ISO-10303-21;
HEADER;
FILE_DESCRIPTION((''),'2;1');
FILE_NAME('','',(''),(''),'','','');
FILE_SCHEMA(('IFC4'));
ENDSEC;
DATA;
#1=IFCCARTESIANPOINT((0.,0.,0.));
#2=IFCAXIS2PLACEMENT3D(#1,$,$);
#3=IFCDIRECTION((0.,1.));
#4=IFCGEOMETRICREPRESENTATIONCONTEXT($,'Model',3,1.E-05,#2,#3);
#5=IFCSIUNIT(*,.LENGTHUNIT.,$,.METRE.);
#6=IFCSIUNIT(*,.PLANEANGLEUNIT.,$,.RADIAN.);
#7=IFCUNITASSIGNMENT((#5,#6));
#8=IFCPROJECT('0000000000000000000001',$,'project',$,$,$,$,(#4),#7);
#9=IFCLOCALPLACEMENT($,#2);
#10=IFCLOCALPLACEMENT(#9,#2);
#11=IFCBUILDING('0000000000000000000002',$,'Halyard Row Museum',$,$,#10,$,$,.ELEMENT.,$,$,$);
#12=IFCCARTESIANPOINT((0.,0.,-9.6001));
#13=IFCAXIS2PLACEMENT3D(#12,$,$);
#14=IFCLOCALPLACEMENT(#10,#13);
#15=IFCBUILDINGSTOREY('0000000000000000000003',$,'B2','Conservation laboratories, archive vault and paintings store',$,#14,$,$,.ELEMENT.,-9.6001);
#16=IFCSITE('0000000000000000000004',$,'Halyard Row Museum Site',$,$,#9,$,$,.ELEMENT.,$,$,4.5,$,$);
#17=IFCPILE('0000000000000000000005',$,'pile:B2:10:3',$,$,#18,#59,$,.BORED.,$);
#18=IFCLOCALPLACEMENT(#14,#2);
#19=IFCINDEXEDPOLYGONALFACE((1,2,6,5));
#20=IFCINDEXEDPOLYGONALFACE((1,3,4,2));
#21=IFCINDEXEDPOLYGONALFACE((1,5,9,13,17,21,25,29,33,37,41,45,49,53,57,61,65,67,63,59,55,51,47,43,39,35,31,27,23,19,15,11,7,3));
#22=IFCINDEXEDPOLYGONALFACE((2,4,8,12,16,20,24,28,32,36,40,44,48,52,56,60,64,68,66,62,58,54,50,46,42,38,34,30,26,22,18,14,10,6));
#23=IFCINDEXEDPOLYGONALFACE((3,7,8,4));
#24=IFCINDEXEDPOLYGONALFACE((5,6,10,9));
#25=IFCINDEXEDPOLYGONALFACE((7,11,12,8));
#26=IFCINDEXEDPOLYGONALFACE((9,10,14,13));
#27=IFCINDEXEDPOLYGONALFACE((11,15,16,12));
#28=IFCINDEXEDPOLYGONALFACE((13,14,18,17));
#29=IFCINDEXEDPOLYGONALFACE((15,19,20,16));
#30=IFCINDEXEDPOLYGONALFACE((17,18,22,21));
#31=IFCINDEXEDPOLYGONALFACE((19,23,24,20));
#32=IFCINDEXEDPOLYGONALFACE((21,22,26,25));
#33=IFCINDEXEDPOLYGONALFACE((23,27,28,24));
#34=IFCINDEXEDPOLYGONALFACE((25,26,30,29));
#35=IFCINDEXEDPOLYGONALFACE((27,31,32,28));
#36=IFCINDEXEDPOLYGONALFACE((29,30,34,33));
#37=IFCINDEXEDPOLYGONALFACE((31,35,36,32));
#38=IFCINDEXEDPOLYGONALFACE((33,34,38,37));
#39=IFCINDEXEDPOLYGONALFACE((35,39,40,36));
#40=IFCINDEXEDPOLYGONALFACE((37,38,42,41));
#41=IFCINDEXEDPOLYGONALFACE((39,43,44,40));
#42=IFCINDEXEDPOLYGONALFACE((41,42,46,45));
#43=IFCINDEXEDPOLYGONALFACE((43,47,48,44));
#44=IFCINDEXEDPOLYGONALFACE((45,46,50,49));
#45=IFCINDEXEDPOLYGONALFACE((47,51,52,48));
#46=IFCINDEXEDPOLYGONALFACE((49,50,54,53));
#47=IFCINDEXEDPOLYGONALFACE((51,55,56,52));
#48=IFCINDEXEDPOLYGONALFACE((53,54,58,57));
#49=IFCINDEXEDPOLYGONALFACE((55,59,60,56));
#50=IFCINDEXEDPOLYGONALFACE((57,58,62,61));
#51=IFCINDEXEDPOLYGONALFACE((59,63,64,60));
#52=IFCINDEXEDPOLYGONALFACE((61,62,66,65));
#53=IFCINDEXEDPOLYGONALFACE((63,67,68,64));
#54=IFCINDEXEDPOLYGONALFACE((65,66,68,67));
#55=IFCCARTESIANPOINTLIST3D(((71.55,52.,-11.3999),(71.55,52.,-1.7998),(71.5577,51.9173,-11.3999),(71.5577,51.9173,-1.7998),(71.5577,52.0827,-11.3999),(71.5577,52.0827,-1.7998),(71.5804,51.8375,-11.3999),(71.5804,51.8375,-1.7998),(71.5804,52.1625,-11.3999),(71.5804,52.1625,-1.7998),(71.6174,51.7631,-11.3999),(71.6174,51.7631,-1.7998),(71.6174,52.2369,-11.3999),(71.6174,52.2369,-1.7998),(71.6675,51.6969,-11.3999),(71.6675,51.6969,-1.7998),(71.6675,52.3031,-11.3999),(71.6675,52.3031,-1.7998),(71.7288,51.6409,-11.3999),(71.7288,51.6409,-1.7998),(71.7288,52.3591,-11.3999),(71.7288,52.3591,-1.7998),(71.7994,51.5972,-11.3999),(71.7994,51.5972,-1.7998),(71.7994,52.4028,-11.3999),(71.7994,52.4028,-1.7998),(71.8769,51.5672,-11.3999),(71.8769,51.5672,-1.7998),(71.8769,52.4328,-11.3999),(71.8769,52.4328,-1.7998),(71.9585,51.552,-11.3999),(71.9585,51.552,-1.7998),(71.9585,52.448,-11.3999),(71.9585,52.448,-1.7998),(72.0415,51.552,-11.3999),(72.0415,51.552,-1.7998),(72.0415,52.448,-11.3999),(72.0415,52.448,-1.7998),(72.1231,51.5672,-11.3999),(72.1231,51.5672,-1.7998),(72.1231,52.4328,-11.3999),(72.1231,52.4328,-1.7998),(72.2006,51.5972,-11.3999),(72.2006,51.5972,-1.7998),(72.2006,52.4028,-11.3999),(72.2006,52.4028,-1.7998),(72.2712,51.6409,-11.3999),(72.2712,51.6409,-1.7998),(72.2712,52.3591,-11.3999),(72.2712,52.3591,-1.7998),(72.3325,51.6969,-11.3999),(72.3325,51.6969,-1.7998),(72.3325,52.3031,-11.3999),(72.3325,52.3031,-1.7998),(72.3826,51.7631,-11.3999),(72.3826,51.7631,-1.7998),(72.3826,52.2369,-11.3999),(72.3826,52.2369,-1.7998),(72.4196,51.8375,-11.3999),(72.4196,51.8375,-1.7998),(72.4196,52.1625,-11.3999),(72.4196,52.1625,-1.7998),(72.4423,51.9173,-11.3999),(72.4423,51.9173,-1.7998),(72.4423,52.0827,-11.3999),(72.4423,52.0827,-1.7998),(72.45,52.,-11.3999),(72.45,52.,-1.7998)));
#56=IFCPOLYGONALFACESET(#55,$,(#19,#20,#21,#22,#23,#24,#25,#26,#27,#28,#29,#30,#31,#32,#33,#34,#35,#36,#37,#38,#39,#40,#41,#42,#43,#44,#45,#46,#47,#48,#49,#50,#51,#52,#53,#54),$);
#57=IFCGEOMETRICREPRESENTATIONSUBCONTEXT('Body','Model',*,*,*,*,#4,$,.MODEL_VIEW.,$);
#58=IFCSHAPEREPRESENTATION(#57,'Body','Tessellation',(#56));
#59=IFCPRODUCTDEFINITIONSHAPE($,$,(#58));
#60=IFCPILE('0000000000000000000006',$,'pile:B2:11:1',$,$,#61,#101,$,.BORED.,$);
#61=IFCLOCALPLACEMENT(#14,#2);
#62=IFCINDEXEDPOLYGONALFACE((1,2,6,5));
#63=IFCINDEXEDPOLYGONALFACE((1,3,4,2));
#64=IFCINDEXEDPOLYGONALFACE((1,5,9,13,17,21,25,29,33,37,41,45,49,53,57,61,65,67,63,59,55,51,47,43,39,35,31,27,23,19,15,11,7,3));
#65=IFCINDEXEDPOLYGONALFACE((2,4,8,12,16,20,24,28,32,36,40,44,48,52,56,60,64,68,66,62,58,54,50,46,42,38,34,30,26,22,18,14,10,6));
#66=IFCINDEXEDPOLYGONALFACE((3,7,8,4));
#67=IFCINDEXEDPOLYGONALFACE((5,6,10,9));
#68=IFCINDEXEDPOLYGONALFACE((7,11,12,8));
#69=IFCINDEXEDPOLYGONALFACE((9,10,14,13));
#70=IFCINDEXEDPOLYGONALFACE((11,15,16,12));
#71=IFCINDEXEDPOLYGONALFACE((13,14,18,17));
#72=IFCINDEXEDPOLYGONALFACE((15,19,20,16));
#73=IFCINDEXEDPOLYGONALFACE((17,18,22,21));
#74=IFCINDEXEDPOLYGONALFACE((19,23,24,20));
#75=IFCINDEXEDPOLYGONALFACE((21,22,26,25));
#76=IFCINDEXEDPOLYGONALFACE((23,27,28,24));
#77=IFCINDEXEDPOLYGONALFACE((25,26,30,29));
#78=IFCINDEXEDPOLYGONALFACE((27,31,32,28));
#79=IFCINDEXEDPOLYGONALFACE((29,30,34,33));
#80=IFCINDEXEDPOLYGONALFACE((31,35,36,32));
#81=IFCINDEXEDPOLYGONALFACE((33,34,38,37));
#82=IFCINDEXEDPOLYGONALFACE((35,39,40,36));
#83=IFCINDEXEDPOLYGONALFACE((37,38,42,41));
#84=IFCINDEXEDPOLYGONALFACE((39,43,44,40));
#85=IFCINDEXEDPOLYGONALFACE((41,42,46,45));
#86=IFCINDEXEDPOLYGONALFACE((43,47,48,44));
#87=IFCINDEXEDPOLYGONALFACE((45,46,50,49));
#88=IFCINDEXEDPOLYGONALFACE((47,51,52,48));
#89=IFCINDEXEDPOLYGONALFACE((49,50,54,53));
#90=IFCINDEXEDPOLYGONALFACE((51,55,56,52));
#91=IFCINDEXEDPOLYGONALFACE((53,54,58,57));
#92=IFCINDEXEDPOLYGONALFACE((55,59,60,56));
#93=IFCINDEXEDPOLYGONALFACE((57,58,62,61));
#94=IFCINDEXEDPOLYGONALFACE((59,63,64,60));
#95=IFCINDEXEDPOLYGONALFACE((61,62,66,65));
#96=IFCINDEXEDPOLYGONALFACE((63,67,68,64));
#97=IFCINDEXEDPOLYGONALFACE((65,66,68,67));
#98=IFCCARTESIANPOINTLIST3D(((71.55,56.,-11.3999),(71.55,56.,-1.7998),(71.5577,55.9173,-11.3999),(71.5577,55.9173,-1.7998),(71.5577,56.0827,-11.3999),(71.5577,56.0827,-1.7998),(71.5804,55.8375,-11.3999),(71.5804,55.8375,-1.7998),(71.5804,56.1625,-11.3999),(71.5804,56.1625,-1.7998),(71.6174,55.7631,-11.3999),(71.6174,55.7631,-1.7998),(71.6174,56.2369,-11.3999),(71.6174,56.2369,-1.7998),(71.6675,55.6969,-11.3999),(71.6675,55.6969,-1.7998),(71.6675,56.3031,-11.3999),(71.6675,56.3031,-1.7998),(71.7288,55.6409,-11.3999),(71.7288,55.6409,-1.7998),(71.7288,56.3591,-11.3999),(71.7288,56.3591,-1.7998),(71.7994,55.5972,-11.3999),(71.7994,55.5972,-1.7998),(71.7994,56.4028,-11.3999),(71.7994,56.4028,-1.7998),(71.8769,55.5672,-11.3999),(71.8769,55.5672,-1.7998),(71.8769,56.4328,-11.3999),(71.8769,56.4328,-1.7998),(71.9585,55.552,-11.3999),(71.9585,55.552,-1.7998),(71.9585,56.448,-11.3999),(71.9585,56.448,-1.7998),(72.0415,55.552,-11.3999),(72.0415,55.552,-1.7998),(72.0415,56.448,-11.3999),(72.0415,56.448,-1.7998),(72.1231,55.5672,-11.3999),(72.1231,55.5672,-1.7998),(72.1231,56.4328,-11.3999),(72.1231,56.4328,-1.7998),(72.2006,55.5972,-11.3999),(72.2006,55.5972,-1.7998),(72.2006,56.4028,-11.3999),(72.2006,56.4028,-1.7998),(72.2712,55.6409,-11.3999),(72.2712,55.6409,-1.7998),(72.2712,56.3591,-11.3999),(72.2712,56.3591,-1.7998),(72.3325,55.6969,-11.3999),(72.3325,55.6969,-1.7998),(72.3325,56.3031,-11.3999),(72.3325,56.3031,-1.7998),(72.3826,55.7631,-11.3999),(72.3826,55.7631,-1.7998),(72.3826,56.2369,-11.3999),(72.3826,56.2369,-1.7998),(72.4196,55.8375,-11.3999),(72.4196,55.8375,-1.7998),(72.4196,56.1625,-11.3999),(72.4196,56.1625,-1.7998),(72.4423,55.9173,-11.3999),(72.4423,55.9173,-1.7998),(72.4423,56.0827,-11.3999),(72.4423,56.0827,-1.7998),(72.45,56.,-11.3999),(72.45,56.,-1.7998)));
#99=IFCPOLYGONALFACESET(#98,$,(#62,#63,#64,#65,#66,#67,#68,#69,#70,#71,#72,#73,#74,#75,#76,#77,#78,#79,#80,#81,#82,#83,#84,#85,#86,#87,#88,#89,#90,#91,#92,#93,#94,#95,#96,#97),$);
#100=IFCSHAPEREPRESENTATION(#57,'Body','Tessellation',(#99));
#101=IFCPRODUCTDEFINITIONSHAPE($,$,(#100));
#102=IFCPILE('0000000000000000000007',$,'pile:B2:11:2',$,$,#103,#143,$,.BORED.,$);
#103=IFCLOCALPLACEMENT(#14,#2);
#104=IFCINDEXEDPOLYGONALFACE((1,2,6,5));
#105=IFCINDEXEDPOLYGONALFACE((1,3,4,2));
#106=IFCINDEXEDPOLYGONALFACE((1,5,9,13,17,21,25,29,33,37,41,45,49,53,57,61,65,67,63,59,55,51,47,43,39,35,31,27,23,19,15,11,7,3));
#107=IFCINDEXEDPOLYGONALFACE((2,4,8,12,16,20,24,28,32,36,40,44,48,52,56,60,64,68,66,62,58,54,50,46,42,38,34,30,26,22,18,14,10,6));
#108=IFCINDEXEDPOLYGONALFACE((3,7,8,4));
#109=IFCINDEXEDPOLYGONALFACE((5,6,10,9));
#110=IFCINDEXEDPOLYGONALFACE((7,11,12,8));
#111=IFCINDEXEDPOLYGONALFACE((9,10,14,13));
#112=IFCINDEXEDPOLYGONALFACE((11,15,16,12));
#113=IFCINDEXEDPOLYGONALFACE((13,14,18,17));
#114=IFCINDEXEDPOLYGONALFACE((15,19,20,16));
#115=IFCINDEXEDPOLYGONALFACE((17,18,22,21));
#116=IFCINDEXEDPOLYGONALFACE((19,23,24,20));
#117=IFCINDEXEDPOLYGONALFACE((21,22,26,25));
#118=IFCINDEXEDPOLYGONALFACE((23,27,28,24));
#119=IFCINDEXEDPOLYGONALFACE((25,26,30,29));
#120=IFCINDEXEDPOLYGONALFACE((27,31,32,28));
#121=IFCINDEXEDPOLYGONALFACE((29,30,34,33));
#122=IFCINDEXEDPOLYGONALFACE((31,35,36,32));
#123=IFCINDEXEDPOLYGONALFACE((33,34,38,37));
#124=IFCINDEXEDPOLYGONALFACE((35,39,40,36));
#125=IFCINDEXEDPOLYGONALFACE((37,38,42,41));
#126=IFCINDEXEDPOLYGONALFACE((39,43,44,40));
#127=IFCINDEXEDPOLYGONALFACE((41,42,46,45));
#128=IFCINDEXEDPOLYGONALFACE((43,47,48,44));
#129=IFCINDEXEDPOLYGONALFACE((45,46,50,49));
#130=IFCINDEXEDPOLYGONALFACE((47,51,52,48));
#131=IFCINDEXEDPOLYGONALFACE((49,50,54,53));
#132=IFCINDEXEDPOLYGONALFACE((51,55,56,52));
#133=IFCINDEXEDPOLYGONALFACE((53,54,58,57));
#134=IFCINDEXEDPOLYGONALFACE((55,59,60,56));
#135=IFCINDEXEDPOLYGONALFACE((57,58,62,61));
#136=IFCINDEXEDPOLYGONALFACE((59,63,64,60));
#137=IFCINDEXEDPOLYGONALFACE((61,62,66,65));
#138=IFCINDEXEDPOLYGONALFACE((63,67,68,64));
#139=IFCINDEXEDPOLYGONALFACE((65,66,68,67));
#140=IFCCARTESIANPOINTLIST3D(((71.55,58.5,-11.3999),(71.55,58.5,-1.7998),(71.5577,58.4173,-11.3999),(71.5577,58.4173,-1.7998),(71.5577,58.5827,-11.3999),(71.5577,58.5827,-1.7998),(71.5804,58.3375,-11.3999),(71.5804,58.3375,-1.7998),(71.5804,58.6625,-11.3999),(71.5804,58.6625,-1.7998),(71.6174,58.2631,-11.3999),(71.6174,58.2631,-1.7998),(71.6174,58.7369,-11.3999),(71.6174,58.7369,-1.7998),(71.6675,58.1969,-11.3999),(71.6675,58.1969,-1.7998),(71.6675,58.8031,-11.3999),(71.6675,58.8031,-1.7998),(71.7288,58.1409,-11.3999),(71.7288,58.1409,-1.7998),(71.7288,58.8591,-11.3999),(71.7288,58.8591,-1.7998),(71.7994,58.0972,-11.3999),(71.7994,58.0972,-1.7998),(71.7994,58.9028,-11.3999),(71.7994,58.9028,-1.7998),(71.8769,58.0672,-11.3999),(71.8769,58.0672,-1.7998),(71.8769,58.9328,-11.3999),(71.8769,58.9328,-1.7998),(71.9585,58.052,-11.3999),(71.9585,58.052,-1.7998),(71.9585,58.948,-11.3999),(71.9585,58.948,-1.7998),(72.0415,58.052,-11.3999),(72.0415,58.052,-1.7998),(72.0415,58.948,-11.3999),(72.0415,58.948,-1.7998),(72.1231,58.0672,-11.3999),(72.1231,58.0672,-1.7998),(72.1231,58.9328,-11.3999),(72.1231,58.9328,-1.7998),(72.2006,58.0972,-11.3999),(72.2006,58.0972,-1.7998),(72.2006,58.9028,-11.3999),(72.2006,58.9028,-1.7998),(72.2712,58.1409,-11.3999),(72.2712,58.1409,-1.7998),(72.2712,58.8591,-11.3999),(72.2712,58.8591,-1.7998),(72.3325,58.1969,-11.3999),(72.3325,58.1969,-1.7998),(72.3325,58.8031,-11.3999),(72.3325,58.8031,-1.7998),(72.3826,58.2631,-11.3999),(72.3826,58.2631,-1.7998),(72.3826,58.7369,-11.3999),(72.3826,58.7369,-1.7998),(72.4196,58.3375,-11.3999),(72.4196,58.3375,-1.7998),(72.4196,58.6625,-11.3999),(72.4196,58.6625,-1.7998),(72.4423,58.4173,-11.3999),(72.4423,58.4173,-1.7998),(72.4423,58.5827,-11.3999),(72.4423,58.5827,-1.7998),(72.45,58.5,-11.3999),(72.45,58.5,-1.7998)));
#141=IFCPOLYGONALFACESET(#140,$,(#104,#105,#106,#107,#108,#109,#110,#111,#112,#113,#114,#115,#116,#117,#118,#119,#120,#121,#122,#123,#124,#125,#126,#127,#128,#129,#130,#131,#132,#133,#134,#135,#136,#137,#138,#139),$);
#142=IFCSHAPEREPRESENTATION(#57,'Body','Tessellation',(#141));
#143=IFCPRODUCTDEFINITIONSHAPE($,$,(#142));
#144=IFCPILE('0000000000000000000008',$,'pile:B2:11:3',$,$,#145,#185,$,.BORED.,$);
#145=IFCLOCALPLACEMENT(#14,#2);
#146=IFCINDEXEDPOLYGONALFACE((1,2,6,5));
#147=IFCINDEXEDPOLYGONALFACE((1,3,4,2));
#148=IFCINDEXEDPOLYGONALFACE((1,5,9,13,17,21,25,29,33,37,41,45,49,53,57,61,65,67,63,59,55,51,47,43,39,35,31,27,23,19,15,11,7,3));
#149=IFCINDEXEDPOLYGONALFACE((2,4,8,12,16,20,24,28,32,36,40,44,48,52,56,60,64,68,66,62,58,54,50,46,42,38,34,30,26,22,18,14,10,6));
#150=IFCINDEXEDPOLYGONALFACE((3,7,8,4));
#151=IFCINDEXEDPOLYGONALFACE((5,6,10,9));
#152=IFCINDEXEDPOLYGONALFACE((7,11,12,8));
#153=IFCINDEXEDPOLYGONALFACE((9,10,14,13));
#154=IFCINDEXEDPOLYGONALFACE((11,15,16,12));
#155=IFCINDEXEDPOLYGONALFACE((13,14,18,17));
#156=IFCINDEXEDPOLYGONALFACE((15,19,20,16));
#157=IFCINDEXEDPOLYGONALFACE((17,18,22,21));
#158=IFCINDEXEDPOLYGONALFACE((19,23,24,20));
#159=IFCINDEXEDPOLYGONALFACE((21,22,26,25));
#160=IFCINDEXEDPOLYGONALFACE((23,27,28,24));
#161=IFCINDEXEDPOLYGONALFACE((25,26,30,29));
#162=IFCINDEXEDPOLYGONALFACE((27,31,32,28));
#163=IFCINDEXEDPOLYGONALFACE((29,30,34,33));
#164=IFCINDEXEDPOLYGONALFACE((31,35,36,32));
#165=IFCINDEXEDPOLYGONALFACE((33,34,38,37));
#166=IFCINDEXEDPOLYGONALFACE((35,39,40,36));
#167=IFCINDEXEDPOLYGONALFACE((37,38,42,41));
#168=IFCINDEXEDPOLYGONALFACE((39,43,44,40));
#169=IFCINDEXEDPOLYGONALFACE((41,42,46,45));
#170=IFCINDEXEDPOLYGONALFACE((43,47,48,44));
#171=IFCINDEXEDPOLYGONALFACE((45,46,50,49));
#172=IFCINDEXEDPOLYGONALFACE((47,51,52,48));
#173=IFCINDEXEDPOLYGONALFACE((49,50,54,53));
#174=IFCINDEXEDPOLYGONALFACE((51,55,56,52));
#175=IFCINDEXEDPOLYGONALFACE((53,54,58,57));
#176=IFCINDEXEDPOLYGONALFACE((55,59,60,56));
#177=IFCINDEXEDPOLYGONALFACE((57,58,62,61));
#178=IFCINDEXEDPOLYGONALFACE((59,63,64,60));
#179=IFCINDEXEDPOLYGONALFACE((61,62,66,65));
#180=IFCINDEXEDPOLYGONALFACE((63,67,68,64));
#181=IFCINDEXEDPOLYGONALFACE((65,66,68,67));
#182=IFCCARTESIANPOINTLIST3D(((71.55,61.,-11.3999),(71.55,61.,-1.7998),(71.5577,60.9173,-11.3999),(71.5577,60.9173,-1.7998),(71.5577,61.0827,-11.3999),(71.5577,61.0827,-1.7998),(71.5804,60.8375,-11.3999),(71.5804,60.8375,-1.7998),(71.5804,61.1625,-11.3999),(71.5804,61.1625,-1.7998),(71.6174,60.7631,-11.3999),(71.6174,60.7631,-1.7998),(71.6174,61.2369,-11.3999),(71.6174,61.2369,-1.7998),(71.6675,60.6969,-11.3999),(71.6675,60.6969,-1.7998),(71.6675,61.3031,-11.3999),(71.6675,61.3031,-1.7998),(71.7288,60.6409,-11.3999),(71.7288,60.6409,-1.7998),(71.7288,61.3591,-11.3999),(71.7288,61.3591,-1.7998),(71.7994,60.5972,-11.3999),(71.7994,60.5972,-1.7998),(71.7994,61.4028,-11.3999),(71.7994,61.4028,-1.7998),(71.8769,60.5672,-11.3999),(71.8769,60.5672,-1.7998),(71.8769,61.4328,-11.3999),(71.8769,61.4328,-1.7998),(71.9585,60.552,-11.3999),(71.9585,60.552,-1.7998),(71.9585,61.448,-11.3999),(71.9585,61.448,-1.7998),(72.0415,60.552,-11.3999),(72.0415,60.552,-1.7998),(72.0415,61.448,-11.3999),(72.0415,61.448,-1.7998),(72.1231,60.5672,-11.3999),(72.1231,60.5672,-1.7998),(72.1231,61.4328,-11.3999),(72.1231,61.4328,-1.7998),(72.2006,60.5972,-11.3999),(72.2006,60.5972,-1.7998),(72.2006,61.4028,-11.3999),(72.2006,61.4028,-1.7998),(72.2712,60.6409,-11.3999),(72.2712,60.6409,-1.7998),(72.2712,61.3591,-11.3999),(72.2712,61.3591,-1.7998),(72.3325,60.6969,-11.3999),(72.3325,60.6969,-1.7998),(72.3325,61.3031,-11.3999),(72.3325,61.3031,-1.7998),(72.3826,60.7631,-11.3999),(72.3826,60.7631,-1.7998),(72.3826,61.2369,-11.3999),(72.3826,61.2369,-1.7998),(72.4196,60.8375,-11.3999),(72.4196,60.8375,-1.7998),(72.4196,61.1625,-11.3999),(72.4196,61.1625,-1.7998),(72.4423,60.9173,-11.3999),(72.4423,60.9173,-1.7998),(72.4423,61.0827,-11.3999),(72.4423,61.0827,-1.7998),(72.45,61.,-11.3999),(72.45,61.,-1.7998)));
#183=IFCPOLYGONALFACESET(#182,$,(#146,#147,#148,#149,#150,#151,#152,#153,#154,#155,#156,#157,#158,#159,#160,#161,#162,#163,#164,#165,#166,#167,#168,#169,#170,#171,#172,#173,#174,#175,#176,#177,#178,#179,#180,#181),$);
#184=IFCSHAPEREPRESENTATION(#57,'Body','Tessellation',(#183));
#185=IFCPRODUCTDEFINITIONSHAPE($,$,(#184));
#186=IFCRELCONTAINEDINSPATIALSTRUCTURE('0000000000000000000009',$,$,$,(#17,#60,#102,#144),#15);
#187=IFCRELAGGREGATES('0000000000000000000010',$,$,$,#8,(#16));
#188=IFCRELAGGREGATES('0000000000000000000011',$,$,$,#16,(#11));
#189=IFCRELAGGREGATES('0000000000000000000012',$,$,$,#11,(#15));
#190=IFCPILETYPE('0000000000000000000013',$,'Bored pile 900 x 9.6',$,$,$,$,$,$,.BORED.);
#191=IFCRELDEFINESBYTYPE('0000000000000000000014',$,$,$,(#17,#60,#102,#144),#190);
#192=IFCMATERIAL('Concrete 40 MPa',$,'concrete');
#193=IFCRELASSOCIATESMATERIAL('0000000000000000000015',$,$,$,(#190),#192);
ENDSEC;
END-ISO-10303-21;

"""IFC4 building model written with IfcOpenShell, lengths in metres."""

from ifc_helpers import new_model, si_unit, direction, frame, origin, origin_2d, place, context, subcontext, project, spatial, circle, extrude, material, material_profile, profile_set, type_object, element, save


model = new_model("IFC4")

# Units and contexts
model_context = context("Model", 3, precision=1e-05, world=origin(), true_north=direction((0.0, 1.0)))
body_context = subcontext(model_context, "Body", "Model", "MODEL_VIEW")
ifc_project = project(units=[si_unit("LENGTHUNIT", "METRE"), si_unit("PLANEANGLEUNIT", "RADIAN")], contexts=[model_context])

# Site, building, storey
site_placement = place(None, origin())
site = spatial("IfcSite", under=ifc_project, at=site_placement, Name="Halyard Row Museum Site", CompositionType="ELEMENT", RefElevation=4.5)
building_placement = place(site_placement, origin())
building = spatial("IfcBuilding", under=site, at=building_placement, Name="Halyard Row Museum", CompositionType="ELEMENT")
storey_placement = place(building_placement, frame((0.0, 0.0, -9.6001)))
storey = spatial("IfcBuildingStorey", under=building, at=storey_placement, Name="B2", Description="Conservation laboratories, archive vault and paintings store", CompositionType="ELEMENT", Elevation=-9.6001)

# Piles
ifc_material_1 = material(Name="Concrete 40 MPa", Category="concrete")
ifc_material_profile_1 = material_profile(ifc_material_1, circle(Radius=0.45, at=origin_2d()), Name="Bored pile 900 x 9.6")
ifc_profile_set_1 = profile_set([ifc_material_profile_1], Name="Concrete 40 MPa")
pile_type_1 = type_object("IfcPileType", Name="Bored pile 900 x 9.6", PredefinedType="BORED", material=ifc_profile_set_1)
for number, where, z_axis, x_axis, name in (
    (1, (72.0, 52.0, -1.7998), (0.0, 0.0, -1.0), (1.0, 0.0, 0.0), "pile:B2:10:3"),
    (2, (72.0, 56.0, -1.7998), (0.0, 0.0, -1.0), (1.0, 0.0, 0.0), "pile:B2:11:1"),
    (3, (72.0, 58.5, -1.7998), (0.0, 0.0, -1.0), (1.0, 0.0, 0.0), "pile:B2:11:2"),
    (4, (72.0, 61.0, -1.7998), (0.0, 0.0, -1.0), (1.0, 0.0, 0.0), "pile:B2:11:3"),
):
    element("IfcPile", number, at=place(storey_placement, frame(where, z_axis=z_axis, x_axis=x_axis)), inside=storey, type_object=pile_type_1, Name=name, PredefinedType="BORED", context=body_context, shape_type="SweptSolid", body=[
        extrude(circle(Radius=0.45, at=origin_2d()), origin(), (0.0, 0.0, 1.0), 9.6001),
    ])

save(model, "model.ifc")
